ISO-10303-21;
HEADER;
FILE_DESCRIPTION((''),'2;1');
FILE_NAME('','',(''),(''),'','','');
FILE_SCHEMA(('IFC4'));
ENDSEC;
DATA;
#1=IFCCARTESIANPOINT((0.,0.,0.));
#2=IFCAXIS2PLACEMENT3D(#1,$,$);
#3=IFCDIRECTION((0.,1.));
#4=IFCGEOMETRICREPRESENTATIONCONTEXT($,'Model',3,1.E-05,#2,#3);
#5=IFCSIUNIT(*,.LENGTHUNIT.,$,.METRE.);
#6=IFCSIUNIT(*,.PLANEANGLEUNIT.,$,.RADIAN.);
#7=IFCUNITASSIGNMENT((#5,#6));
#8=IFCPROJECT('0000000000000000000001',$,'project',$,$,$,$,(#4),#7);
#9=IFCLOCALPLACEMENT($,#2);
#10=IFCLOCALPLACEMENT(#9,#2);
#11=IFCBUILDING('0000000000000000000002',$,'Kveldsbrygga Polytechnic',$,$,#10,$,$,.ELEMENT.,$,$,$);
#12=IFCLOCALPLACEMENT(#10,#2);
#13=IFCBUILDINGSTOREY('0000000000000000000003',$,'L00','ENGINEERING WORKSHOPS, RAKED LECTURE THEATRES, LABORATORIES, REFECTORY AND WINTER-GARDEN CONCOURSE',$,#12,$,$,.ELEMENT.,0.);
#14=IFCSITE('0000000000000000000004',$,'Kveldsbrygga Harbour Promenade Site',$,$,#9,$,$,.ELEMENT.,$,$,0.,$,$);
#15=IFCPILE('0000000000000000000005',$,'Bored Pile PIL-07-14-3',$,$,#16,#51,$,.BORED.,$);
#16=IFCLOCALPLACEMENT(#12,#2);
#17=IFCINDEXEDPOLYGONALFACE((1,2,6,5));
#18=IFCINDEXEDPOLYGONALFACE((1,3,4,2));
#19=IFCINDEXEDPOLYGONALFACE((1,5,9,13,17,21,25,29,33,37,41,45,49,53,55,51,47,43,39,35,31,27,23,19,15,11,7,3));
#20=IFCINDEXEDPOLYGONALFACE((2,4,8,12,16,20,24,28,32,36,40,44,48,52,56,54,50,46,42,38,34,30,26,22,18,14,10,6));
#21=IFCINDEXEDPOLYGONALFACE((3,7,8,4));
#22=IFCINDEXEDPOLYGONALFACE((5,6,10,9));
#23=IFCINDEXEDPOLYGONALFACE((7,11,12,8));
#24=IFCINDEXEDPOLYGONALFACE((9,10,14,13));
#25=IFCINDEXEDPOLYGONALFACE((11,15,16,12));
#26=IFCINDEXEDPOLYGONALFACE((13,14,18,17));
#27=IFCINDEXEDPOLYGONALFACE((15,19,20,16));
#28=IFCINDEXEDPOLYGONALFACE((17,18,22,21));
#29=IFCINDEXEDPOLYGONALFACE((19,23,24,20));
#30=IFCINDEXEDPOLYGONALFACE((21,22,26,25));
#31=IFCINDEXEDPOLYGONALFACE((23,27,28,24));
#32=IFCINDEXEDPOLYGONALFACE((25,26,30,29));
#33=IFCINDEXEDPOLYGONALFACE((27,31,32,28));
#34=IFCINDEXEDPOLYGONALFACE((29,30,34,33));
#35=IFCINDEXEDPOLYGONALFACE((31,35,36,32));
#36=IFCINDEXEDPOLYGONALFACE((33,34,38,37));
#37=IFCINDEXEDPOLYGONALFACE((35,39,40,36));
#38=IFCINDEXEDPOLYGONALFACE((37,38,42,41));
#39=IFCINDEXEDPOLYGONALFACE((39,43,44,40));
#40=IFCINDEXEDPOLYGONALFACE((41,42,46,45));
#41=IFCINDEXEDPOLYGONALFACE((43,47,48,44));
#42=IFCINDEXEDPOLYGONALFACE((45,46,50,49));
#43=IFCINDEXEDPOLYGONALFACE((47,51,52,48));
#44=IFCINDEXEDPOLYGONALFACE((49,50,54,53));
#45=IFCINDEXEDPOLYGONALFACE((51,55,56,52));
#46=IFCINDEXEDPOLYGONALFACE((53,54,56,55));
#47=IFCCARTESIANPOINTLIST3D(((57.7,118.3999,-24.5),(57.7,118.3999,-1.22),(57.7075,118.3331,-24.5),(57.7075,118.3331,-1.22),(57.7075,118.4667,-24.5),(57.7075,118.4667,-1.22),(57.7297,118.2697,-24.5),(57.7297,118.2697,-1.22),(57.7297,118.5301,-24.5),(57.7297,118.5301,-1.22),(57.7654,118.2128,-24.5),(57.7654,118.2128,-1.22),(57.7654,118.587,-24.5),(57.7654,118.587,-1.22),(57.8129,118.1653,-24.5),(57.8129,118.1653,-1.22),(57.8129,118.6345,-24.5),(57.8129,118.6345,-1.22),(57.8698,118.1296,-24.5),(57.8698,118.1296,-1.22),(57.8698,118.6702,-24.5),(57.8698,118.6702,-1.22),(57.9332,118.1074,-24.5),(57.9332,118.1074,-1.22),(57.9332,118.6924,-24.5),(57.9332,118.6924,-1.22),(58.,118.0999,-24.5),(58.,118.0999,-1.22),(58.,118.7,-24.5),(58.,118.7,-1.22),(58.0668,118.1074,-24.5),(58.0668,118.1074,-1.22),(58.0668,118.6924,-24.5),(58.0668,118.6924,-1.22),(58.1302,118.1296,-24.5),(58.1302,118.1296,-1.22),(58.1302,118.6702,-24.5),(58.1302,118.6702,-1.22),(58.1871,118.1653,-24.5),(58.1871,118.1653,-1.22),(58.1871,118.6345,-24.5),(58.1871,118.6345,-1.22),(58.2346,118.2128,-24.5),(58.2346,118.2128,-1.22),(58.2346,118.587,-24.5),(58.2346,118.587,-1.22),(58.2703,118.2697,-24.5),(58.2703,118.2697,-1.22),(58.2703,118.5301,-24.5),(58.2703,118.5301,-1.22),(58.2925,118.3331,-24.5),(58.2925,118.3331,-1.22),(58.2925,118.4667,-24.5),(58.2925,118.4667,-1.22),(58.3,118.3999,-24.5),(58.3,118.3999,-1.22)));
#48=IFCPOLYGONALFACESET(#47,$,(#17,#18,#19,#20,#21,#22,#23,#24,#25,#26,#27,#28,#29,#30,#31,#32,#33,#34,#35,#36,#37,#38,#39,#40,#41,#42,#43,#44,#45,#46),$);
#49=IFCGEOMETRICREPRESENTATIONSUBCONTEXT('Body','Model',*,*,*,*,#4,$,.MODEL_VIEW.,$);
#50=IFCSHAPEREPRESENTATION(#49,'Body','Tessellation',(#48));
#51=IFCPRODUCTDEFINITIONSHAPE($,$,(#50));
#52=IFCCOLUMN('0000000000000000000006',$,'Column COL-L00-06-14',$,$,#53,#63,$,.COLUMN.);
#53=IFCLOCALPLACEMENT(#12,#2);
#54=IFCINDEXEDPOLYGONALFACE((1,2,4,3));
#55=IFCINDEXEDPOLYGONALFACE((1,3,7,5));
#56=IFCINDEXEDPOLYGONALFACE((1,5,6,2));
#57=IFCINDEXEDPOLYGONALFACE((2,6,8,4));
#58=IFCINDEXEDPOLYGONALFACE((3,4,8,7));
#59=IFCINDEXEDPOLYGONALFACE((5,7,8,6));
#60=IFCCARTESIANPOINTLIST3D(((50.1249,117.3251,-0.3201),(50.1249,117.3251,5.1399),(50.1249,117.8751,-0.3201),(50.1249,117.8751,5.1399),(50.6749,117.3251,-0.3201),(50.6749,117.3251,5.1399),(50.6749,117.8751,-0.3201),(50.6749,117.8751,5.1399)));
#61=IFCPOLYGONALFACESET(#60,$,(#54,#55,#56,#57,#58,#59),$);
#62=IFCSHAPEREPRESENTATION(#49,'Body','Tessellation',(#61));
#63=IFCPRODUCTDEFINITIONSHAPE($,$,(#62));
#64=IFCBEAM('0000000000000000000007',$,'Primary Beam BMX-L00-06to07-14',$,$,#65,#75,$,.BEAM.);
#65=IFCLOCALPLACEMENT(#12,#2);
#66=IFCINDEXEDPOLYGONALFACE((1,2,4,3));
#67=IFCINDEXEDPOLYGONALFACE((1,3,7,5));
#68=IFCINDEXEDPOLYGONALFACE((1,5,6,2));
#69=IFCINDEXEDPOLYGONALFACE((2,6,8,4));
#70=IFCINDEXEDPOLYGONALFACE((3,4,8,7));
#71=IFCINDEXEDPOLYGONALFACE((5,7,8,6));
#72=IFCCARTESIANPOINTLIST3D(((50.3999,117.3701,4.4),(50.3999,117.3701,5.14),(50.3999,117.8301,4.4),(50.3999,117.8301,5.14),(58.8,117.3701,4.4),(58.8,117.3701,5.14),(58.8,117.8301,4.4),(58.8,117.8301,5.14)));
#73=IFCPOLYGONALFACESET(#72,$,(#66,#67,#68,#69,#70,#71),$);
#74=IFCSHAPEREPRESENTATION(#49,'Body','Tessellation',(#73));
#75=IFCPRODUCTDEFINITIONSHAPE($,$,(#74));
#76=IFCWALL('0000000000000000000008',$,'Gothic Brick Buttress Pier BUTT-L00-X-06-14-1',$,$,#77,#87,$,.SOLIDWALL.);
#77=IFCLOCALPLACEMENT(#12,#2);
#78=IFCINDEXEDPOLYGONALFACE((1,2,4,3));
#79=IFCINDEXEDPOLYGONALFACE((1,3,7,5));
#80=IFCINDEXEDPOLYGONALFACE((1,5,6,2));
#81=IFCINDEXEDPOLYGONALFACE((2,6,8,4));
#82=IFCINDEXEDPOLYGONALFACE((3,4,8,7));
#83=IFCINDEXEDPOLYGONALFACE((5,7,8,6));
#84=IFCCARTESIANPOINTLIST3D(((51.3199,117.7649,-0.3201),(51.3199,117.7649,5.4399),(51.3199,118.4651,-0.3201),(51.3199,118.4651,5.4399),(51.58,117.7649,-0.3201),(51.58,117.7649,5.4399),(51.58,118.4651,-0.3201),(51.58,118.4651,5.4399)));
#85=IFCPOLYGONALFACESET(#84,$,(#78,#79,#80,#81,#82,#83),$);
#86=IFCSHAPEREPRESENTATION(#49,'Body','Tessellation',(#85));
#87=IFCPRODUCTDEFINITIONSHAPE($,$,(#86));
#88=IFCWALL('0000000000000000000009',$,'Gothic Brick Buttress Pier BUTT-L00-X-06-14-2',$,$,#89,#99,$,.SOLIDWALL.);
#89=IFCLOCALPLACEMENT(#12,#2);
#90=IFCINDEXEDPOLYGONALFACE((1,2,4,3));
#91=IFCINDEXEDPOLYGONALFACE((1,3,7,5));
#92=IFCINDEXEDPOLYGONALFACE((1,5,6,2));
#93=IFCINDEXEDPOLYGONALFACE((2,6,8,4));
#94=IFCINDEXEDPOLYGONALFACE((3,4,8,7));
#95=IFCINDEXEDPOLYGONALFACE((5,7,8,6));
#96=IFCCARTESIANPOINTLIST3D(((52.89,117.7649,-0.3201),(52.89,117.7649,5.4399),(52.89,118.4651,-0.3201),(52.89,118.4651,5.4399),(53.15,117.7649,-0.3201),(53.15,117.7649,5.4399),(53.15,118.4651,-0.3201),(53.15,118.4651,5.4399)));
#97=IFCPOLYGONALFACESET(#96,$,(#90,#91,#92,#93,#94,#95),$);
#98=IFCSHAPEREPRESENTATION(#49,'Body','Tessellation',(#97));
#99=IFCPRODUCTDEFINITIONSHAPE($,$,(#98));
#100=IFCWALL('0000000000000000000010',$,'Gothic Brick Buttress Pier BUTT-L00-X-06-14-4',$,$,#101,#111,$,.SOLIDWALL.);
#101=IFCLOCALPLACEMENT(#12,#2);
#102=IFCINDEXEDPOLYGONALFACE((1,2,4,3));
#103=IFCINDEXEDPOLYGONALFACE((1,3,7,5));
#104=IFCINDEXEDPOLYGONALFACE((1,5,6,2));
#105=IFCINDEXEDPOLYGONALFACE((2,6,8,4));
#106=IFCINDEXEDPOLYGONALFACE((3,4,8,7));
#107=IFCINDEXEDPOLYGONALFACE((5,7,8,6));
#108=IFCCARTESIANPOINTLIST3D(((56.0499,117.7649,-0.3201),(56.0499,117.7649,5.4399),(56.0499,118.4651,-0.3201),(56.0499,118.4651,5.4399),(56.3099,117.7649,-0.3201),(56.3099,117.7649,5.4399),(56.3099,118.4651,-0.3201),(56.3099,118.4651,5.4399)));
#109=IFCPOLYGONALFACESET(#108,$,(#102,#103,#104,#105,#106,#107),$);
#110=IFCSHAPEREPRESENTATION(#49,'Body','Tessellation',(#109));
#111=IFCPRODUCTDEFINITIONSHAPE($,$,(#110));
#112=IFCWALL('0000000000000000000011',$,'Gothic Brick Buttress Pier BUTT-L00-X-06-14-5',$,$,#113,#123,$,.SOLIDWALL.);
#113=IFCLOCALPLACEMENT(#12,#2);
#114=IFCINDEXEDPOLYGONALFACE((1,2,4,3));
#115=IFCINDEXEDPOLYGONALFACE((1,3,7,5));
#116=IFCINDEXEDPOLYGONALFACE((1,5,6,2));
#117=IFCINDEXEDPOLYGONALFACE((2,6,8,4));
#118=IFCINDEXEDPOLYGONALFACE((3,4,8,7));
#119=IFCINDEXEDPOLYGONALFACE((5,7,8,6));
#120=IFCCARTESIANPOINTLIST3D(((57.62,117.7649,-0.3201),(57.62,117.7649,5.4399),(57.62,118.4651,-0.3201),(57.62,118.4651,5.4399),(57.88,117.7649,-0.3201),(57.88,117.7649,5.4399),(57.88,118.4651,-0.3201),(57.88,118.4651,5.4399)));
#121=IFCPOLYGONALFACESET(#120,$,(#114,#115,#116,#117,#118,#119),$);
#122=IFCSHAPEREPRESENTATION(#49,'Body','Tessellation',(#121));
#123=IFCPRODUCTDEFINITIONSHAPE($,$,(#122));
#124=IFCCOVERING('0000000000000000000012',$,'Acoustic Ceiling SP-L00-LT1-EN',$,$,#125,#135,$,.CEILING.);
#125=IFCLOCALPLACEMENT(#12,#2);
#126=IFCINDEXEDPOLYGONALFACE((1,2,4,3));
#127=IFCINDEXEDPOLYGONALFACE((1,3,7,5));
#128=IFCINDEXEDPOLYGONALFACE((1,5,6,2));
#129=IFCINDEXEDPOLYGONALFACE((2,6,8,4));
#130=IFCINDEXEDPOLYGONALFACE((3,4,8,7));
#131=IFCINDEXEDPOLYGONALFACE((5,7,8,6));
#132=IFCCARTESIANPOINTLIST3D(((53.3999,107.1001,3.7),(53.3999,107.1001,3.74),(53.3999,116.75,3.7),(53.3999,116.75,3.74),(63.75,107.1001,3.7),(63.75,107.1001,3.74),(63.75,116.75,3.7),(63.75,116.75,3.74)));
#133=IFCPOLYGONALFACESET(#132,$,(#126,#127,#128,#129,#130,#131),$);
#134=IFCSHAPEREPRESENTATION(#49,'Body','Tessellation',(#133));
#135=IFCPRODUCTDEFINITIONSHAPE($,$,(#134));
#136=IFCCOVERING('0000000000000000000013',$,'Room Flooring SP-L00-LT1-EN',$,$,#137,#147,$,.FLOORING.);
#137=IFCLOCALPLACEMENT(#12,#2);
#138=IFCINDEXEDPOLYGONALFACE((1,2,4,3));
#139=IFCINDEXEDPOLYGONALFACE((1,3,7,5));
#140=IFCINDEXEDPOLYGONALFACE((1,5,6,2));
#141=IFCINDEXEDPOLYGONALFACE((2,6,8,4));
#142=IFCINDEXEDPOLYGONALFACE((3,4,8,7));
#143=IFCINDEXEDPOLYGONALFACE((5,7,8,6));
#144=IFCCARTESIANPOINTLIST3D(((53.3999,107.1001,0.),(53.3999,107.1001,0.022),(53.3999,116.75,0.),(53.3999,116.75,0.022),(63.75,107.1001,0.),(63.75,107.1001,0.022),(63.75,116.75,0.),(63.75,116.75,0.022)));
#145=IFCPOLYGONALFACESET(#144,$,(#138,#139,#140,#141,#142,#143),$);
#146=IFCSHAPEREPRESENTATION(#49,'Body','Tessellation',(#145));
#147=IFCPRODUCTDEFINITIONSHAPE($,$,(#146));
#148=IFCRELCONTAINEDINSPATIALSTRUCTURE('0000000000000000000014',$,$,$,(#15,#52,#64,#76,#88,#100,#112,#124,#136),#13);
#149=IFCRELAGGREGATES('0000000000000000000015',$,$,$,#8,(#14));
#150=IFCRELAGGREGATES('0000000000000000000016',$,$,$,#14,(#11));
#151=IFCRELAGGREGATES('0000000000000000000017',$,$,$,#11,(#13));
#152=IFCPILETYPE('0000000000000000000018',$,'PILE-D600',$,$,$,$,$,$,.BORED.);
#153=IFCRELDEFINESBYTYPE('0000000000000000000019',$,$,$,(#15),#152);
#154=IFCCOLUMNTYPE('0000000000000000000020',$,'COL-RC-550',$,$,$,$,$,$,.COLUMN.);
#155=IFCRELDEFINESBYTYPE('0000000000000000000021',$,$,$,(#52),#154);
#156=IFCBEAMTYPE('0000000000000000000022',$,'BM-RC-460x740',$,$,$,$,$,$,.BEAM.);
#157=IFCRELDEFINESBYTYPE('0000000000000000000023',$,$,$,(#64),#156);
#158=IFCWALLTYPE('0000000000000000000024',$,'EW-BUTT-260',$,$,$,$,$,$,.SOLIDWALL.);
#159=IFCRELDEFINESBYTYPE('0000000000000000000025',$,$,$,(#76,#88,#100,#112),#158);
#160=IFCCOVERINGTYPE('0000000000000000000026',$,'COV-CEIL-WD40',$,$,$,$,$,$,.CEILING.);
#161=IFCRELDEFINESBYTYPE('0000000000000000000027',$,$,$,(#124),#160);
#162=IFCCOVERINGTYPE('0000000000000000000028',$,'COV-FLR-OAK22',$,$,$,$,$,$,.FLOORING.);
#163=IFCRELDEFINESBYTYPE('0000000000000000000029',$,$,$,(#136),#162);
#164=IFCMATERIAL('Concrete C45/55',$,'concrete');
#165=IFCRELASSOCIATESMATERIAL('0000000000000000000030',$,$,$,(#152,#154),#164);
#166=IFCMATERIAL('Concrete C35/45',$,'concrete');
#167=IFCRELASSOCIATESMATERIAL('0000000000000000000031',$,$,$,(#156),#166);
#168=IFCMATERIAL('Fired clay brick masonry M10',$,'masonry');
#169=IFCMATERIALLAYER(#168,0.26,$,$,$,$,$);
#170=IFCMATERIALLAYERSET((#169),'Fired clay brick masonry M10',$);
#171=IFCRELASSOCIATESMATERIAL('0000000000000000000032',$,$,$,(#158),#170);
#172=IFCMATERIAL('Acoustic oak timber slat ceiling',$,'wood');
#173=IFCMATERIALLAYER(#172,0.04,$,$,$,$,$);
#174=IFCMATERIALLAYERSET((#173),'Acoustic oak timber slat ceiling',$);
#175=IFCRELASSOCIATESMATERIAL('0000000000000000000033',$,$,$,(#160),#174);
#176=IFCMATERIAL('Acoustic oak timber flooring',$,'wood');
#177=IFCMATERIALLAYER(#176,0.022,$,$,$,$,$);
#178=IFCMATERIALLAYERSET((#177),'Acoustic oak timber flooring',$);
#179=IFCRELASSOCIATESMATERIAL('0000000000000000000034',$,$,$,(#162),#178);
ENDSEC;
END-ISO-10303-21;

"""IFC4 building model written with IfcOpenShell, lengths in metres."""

from ifc_helpers import new_model, si_unit, direction, frame, frame_2d, origin, origin_2d, place, context, subcontext, project, spatial, rectangle, circle, extrude, material, layer, layer_set, material_profile, profile_set, type_object, element, save


model = new_model("IFC4")

# Units and contexts
model_context = context("Model", 3, precision=1e-05, world=origin(), true_north=direction((0.0, 1.0)))
body_context = subcontext(model_context, "Body", "Model", "MODEL_VIEW")
ifc_project = project(units=[si_unit("LENGTHUNIT", "METRE"), si_unit("PLANEANGLEUNIT", "RADIAN")], contexts=[model_context])

# Site, building, storey
site_placement = place(None, origin())
site = spatial("IfcSite", under=ifc_project, at=site_placement, Name="Kveldsbrygga Harbour Promenade Site", CompositionType="ELEMENT", RefElevation=0.0)
building_placement = place(site_placement, origin())
building = spatial("IfcBuilding", under=site, at=building_placement, Name="Kveldsbrygga Polytechnic", CompositionType="ELEMENT")
storey_placement = place(building_placement, origin())
storey = spatial("IfcBuildingStorey", under=building, at=storey_placement, Name="L00", Description="ENGINEERING WORKSHOPS, RAKED LECTURE THEATRES, LABORATORIES, REFECTORY AND WINTER-GARDEN CONCOURSE", CompositionType="ELEMENT", Elevation=0.0)

# Shared definitions
ifc_material_1 = material(Name="Concrete C45/55", Category="concrete")

# Pile
ifc_material_profile_1 = material_profile(ifc_material_1, circle(Radius=0.3, at=origin_2d()), Name="PILE D600")
ifc_profile_set_1 = profile_set([ifc_material_profile_1], Name="Concrete C45/55")
pile_type = type_object("IfcPileType", Name="PILE-D600", PredefinedType="BORED", material=ifc_profile_set_1)
for number, where, z_axis, x_axis, name in (
    (1, (58.0, 118.3999, -1.22), (0.0, 0.0, -1.0), (1.0, 0.0, 0.0), "Bored Pile PIL-07-14-3"),
):
    element("IfcPile", number, at=place(storey_placement, frame(where, z_axis=z_axis, x_axis=x_axis)), inside=storey, type_object=pile_type, Name=name, PredefinedType="BORED", context=body_context, shape_type="SweptSolid", body=[
        extrude(circle(Radius=0.3, at=origin_2d()), origin(), (0.0, 0.0, 1.0), 23.28),
    ])

# Column
ifc_material_profile_2 = material_profile(ifc_material_1, rectangle(XDim=0.55, YDim=0.55, at=origin_2d()), Name="RC 550x550")
ifc_profile_set_2 = profile_set([ifc_material_profile_2], Name="Concrete C45/55")
column_type = type_object("IfcColumnType", Name="COL-RC-550", PredefinedType="COLUMN", material=ifc_profile_set_2)
column_placement = place(storey_placement, frame((50.3999, 117.6001, -0.3201), z_axis=(0.0, 0.0, 1.0), x_axis=(1.0, 0.0, 0.0)))
element("IfcColumn", 2, at=column_placement, inside=storey, type_object=column_type, Name="Column COL-L00-06-14", PredefinedType="COLUMN", context=body_context, shape_type="SweptSolid", body=[
    extrude(rectangle(XDim=0.55, YDim=0.55, at=origin_2d()), origin(), (0.0, 0.0, 1.0), 5.46),
])

# Beam
ifc_material_2 = material(Name="Concrete C35/45", Category="concrete")
ifc_material_profile_3 = material_profile(ifc_material_2, rectangle(XDim=0.46, YDim=0.74, at=origin_2d()), Name="RC 460x740")
ifc_profile_set_3 = profile_set([ifc_material_profile_3], Name="Concrete C35/45")
beam_type = type_object("IfcBeamType", Name="BM-RC-460x740", PredefinedType="BEAM", material=ifc_profile_set_3)
beam_placement = place(storey_placement, frame((50.3999, 117.6001, 4.77), z_axis=(1.0, 0.0, 0.0), x_axis=(0.0, 1.0, 0.0)))
element("IfcBeam", 3, at=beam_placement, inside=storey, type_object=beam_type, Name="Primary Beam BMX-L00-06to07-14", PredefinedType="BEAM", context=body_context, shape_type="SweptSolid", body=[
    extrude(rectangle(XDim=0.46, YDim=0.74, at=origin_2d()), origin(), (0.0, 0.0, 1.0), 8.4001),
])

# Shared definitions
ifc_material_3 = material(Name="Fired clay brick masonry M10", Category="masonry")

# Walls
ifc_layer_1 = layer(ifc_material_3, 0.26)
ifc_layer_set_1 = layer_set([ifc_layer_1], Name="Fired clay brick masonry M10")
wall_type_1 = type_object("IfcWallType", Name="EW-BUTT-260", PredefinedType="SOLIDWALL", material=ifc_layer_set_1)
for number, where, z_axis, x_axis, name in (
    (4, (51.45, 117.7649, -0.3201), (0.0, 0.0, 1.0), (0.0, 1.0, 0.0), "Gothic Brick Buttress Pier BUTT-L00-X-06-14-1"),
    (5, (53.02, 117.7649, -0.3201), (0.0, 0.0, 1.0), (0.0, 1.0, 0.0), "Gothic Brick Buttress Pier BUTT-L00-X-06-14-2"),
    (6, (56.1799, 117.7649, -0.3201), (0.0, 0.0, 1.0), (0.0, 1.0, 0.0), "Gothic Brick Buttress Pier BUTT-L00-X-06-14-4"),
    (7, (57.75, 117.7649, -0.3201), (0.0, 0.0, 1.0), (0.0, 1.0, 0.0), "Gothic Brick Buttress Pier BUTT-L00-X-06-14-5"),
):
    element("IfcWall", number, at=place(storey_placement, frame(where, z_axis=z_axis, x_axis=x_axis)), inside=storey, type_object=wall_type_1, Name=name, PredefinedType="SOLIDWALL", context=body_context, shape_type="SweptSolid", body=[
        extrude(rectangle(XDim=0.7002, YDim=0.26, at=frame_2d((0.3501, 0.0))), origin(), (0.0, 0.0, 1.0), 5.76),
    ])

# Coverings
ifc_material_4 = material(Name="Acoustic oak timber slat ceiling", Category="wood")
ifc_layer_2 = layer(ifc_material_4, 0.04)
ifc_layer_set_2 = layer_set([ifc_layer_2], Name="Acoustic oak timber slat ceiling")
covering_type_1 = type_object("IfcCoveringType", Name="COV-CEIL-WD40", PredefinedType="CEILING", material=ifc_layer_set_2)
covering_1_placement = place(storey_placement, frame((58.575, 111.925, 3.7), z_axis=(0.0, 0.0, 1.0), x_axis=(1.0, 0.0, 0.0)))
element("IfcCovering", 8, at=covering_1_placement, inside=storey, type_object=covering_type_1, Name="Acoustic Ceiling SP-L00-LT1-EN", PredefinedType="CEILING", context=body_context, shape_type="SweptSolid", body=[
    extrude(rectangle(XDim=10.3501, YDim=9.6499, at=origin_2d()), origin(), (0.0, 0.0, 1.0), 0.04),
])
ifc_material_5 = material(Name="Acoustic oak timber flooring", Category="wood")
ifc_layer_3 = layer(ifc_material_5, 0.022)
ifc_layer_set_3 = layer_set([ifc_layer_3], Name="Acoustic oak timber flooring")
covering_type_2 = type_object("IfcCoveringType", Name="COV-FLR-OAK22", PredefinedType="FLOORING", material=ifc_layer_set_3)
covering_2_placement = place(storey_placement, frame((58.575, 111.925, 0.0), z_axis=(0.0, 0.0, 1.0), x_axis=(1.0, 0.0, 0.0)))
element("IfcCovering", 9, at=covering_2_placement, inside=storey, type_object=covering_type_2, Name="Room Flooring SP-L00-LT1-EN", PredefinedType="FLOORING", context=body_context, shape_type="SweptSolid", body=[
    extrude(rectangle(XDim=10.3501, YDim=9.6499, at=origin_2d()), origin(), (0.0, 0.0, 1.0), 0.022),
])

save(model, "model.ifc")
